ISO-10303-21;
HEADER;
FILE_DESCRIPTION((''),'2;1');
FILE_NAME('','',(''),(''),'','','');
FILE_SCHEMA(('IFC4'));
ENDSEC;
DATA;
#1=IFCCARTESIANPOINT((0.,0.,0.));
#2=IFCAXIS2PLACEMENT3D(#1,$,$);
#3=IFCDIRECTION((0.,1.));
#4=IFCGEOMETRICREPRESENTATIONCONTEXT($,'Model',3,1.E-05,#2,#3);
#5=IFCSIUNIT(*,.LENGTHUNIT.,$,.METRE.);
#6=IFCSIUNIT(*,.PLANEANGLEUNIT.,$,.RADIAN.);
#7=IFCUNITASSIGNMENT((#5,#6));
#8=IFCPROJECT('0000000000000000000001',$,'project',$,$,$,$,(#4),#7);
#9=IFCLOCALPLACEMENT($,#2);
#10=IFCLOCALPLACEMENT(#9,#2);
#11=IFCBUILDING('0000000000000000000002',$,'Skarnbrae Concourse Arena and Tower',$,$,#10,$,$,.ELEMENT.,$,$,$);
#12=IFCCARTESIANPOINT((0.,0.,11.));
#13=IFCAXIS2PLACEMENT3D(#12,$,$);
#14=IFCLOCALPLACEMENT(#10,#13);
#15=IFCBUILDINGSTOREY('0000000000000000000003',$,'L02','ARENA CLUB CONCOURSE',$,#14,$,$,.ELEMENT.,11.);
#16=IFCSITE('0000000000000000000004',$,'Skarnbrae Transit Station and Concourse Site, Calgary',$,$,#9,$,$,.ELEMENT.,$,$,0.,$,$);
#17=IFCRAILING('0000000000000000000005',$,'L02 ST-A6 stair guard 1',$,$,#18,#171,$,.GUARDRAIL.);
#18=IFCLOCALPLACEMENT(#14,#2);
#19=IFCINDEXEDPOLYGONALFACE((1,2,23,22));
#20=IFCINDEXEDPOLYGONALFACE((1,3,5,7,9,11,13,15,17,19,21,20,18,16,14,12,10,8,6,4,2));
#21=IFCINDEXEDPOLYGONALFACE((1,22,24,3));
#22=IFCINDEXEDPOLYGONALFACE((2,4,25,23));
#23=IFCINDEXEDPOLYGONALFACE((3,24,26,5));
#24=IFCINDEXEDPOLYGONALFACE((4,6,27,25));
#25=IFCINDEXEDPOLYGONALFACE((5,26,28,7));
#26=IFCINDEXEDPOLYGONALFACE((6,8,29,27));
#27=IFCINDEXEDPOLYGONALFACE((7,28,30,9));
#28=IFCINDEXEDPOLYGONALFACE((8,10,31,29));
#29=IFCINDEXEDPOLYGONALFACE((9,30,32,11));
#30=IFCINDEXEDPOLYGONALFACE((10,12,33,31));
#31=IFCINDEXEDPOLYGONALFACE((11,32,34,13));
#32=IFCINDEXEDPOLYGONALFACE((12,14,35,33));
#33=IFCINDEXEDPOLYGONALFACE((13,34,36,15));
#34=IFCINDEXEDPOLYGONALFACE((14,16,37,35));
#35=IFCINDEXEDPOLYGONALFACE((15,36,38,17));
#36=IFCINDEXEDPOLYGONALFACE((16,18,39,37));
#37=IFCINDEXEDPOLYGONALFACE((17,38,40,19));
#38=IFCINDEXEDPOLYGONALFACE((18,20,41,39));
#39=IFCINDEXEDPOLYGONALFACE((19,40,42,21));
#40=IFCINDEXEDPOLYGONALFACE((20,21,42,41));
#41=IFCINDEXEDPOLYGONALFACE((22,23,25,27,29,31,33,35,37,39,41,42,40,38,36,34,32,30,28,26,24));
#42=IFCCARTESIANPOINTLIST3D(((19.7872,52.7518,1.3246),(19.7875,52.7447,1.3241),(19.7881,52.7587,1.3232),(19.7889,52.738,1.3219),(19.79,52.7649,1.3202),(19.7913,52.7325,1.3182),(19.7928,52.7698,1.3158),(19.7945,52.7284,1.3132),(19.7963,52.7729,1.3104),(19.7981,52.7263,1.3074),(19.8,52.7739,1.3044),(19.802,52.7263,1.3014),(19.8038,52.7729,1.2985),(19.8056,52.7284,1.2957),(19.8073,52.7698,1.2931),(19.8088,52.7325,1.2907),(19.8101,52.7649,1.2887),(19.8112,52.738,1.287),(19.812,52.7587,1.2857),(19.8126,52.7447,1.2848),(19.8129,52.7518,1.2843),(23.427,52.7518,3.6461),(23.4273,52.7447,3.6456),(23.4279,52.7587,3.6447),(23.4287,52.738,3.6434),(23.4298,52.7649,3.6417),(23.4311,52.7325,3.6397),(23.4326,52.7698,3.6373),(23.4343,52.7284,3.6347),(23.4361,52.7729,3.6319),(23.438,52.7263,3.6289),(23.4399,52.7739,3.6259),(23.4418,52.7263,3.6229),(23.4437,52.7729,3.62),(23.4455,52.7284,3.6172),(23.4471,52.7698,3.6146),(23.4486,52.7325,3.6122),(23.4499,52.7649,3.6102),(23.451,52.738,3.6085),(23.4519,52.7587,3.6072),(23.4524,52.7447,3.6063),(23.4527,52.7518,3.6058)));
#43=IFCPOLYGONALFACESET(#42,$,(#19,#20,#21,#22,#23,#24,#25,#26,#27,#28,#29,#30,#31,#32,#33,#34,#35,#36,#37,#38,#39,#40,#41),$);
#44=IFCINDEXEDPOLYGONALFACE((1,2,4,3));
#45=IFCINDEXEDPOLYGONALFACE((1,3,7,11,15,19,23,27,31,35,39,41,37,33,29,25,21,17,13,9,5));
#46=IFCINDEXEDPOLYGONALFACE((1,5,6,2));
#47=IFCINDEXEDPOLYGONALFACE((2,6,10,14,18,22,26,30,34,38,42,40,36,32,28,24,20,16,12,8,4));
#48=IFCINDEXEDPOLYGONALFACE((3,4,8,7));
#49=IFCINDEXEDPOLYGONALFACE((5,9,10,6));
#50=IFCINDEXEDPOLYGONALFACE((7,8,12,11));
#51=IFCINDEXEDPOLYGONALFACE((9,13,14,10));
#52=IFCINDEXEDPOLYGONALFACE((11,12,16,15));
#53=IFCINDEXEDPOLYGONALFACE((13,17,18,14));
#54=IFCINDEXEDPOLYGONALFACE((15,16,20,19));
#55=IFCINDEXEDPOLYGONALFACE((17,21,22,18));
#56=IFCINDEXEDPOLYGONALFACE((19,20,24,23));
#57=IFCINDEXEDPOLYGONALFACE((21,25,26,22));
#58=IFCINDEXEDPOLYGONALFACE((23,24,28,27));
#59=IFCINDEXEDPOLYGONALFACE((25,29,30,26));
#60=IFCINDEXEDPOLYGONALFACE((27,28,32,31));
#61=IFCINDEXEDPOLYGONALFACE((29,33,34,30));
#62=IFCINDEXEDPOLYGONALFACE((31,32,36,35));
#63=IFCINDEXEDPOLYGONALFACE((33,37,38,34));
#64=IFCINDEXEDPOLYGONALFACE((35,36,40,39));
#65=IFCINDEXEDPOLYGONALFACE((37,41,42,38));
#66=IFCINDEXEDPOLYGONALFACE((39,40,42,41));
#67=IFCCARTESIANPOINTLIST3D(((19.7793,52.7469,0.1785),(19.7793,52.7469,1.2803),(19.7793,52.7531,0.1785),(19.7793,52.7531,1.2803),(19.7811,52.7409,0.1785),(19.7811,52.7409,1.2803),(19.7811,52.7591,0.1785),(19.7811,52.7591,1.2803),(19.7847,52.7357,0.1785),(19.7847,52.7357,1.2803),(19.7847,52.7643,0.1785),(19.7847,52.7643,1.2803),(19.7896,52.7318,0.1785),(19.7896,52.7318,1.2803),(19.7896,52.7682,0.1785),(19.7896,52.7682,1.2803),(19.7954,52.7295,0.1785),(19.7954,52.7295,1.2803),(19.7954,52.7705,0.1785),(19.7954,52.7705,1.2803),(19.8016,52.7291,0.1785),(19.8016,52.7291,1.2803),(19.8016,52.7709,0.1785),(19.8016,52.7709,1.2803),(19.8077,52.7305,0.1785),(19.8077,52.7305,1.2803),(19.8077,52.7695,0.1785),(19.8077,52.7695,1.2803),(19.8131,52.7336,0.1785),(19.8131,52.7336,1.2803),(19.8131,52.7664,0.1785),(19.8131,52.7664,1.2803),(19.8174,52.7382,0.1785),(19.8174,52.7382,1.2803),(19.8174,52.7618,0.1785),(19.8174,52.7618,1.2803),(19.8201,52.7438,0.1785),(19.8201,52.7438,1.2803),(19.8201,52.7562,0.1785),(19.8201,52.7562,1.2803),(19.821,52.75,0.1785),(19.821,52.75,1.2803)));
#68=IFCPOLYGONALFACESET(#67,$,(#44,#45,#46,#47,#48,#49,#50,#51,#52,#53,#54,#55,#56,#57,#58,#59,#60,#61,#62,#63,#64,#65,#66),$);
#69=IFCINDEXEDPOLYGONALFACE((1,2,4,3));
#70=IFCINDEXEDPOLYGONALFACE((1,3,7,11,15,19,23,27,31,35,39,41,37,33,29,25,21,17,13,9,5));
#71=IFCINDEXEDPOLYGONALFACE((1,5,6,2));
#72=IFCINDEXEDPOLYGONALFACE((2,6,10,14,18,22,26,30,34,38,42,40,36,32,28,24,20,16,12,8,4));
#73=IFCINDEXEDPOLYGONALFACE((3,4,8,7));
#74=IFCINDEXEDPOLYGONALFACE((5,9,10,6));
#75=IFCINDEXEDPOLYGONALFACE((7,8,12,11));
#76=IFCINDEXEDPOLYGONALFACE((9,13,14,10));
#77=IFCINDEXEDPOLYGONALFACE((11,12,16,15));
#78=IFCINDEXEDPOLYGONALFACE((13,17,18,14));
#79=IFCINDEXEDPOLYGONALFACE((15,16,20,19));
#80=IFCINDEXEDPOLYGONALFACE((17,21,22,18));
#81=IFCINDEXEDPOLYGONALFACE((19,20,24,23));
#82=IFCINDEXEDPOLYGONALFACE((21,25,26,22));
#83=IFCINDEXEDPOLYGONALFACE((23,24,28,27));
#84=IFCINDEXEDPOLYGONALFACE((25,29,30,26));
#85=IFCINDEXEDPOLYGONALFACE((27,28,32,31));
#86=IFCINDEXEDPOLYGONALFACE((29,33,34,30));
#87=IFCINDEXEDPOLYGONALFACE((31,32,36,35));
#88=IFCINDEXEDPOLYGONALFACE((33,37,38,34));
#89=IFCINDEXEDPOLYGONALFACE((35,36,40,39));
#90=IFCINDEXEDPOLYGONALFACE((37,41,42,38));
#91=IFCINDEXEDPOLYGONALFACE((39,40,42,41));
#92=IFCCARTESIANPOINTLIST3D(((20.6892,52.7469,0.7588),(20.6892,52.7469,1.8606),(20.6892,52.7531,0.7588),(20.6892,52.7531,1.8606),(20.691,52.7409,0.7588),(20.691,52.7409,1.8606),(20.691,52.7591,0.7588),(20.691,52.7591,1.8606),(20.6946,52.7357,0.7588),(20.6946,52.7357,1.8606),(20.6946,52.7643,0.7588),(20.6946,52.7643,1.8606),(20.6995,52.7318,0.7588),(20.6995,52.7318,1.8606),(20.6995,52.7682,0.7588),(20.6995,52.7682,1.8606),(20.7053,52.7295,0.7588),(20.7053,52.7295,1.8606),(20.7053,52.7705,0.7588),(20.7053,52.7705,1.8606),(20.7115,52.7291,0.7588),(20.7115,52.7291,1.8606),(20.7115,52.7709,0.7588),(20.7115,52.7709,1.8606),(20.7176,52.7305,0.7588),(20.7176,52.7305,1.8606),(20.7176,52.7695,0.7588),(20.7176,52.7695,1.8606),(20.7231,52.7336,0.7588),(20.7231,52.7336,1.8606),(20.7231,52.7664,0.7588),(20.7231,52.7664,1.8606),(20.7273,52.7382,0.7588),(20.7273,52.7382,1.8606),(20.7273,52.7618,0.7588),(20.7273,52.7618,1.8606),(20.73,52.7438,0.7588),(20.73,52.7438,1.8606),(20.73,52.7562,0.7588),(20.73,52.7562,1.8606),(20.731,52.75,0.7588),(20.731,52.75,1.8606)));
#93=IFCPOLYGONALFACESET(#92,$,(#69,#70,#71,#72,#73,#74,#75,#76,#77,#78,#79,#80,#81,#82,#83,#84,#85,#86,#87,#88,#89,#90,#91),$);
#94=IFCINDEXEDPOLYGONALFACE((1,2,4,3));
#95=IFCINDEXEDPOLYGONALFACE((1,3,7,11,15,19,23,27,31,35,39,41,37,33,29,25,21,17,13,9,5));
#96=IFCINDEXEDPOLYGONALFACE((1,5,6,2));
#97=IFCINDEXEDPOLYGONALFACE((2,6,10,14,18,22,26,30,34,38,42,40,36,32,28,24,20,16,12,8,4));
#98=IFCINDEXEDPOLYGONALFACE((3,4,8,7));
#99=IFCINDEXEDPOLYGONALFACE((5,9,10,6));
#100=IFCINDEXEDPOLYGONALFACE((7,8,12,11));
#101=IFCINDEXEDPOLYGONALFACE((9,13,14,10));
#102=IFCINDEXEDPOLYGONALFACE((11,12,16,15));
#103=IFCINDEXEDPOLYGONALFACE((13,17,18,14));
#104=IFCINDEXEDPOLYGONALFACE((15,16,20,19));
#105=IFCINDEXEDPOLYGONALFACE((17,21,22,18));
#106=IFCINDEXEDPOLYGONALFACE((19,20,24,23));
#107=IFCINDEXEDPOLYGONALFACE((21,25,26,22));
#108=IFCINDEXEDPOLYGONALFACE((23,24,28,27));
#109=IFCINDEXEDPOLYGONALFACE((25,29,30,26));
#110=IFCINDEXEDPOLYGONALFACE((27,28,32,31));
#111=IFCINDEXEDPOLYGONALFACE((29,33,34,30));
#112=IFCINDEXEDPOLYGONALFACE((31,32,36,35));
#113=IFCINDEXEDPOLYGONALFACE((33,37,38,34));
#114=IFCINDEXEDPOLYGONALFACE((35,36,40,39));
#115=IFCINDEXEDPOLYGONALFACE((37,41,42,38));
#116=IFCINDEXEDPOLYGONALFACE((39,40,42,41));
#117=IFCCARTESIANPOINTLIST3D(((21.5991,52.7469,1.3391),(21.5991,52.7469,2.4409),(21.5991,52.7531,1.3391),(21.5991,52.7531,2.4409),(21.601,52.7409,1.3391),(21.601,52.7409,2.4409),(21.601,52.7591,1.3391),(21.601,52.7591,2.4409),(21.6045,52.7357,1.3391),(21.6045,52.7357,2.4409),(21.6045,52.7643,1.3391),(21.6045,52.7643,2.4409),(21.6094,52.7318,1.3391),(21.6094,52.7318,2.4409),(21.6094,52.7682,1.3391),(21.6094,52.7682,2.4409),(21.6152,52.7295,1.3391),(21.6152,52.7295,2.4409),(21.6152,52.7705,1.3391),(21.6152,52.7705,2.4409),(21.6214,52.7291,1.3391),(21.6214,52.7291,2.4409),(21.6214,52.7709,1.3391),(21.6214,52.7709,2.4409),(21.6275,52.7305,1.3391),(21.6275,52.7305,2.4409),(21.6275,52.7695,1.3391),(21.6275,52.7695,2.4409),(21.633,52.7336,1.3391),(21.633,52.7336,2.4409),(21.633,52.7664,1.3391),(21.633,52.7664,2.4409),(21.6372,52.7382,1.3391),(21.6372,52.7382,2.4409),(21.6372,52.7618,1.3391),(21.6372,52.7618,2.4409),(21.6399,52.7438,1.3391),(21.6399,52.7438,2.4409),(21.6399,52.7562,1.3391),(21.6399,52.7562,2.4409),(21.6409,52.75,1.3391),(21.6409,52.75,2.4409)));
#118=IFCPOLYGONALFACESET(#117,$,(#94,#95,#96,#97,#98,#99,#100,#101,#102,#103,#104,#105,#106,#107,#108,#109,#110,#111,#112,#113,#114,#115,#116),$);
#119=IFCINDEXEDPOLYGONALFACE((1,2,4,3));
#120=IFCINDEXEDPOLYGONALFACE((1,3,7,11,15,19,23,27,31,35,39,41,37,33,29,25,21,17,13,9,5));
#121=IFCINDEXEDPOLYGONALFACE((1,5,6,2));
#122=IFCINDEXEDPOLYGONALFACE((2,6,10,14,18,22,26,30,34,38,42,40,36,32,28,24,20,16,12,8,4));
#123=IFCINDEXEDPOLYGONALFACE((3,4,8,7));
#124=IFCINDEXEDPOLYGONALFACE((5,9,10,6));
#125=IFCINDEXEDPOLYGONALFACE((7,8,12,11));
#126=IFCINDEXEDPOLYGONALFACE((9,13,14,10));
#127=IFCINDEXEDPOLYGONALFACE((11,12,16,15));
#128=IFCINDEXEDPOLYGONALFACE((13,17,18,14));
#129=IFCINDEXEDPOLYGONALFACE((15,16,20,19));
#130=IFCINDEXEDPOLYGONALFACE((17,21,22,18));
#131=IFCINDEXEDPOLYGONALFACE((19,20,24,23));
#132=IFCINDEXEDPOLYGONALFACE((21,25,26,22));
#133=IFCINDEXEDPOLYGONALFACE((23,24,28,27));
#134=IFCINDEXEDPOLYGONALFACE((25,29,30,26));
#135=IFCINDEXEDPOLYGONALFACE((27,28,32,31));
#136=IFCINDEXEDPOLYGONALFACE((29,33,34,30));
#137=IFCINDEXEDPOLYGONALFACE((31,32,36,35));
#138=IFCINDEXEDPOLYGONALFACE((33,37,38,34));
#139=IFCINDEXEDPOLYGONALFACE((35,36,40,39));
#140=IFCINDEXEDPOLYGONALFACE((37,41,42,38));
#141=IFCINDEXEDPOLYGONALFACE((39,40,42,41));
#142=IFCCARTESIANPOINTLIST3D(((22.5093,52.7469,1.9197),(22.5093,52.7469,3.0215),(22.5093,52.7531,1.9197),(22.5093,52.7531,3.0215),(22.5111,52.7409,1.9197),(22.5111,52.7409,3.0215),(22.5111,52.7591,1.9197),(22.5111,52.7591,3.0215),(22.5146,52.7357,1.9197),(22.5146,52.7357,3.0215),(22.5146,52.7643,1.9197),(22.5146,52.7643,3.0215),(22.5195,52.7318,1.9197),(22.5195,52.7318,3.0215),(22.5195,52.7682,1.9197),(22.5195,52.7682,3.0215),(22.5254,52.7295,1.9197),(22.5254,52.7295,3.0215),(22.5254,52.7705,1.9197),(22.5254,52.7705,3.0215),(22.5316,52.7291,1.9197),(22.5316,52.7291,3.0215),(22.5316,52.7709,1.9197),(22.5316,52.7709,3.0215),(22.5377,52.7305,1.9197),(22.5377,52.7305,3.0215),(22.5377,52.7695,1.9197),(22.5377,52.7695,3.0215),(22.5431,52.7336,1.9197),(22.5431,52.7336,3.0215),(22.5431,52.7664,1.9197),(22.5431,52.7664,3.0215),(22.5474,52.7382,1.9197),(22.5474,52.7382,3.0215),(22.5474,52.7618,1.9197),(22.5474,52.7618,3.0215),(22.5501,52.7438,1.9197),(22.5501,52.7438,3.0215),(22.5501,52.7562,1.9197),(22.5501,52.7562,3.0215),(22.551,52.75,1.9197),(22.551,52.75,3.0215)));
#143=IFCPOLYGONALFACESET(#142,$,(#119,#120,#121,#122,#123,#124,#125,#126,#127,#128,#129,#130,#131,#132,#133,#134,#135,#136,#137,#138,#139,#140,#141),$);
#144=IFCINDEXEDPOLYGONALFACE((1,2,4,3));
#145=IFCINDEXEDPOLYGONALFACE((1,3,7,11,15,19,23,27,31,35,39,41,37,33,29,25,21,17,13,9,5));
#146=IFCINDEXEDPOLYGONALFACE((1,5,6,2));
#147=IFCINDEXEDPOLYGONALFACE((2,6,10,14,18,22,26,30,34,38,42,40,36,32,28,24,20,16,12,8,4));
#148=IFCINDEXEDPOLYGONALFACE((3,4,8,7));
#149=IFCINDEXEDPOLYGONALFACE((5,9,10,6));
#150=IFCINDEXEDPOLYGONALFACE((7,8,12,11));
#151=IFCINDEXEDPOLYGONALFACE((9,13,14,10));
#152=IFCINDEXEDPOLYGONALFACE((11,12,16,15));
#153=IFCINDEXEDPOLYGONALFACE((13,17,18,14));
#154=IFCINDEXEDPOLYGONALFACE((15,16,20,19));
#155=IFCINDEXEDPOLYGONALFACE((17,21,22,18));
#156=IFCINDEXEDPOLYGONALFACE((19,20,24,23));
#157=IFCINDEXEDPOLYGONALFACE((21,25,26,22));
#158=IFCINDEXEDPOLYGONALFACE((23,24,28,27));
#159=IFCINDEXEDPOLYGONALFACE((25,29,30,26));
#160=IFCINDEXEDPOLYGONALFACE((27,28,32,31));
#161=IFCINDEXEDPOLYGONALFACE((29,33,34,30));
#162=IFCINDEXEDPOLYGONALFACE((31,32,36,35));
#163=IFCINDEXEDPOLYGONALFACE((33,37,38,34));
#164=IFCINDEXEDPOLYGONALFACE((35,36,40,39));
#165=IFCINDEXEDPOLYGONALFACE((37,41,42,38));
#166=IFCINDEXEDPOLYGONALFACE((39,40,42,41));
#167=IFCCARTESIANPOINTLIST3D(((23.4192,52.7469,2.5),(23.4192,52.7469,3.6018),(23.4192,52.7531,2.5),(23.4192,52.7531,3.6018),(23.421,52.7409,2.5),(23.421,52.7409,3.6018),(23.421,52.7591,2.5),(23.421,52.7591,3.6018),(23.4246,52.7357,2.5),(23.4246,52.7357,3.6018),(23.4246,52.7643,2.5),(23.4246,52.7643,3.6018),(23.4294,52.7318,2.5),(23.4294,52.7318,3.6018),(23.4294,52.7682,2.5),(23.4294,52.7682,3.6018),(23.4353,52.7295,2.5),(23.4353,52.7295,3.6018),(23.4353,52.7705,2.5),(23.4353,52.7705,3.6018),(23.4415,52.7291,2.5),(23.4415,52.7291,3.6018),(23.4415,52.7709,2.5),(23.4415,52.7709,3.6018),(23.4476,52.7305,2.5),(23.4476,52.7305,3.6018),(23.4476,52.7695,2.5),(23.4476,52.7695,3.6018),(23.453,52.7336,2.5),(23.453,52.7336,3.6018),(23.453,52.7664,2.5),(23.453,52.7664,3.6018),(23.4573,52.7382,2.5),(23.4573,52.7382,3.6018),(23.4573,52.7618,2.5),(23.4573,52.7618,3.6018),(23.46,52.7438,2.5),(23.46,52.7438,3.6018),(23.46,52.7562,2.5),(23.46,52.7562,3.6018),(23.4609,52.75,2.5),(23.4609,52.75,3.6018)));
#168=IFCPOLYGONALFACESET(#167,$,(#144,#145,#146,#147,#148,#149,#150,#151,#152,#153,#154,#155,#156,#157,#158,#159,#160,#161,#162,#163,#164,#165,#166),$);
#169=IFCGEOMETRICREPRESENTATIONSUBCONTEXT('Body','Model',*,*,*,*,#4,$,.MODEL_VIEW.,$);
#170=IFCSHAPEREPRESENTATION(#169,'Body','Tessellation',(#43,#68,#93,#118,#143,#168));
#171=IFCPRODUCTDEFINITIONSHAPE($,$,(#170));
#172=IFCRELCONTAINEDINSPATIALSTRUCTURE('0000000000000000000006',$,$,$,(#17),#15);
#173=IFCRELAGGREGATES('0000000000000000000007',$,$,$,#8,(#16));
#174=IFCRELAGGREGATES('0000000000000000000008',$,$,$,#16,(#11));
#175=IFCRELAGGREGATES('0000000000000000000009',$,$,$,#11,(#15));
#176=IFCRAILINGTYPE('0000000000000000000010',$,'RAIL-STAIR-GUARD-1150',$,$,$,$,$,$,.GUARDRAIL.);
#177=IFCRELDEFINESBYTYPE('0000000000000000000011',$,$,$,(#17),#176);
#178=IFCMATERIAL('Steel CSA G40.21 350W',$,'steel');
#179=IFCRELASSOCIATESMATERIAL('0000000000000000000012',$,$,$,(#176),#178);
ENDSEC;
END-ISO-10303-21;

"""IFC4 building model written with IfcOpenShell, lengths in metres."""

from ifc_helpers import new_model, si_unit, direction, frame, origin, origin_2d, place, context, subcontext, project, spatial, circle, extrude, material, type_object, element, save


model = new_model("IFC4")

# Units and contexts
model_context = context("Model", 3, precision=1e-05, world=origin(), true_north=direction((0.0, 1.0)))
body_context = subcontext(model_context, "Body", "Model", "MODEL_VIEW")
ifc_project = project(units=[si_unit("LENGTHUNIT", "METRE"), si_unit("PLANEANGLEUNIT", "RADIAN")], contexts=[model_context])

# Site, building, storey
site_placement = place(None, origin())
site = spatial("IfcSite", under=ifc_project, at=site_placement, Name="Skarnbrae Transit Station and Concourse Site, Calgary", CompositionType="ELEMENT", RefElevation=0.0)
building_placement = place(site_placement, origin())
building = spatial("IfcBuilding", under=site, at=building_placement, Name="Skarnbrae Concourse Arena and Tower", CompositionType="ELEMENT")
storey_placement = place(building_placement, frame((0.0, 0.0, 11.0)))
storey = spatial("IfcBuildingStorey", under=building, at=storey_placement, Name="L02", Description="ARENA CLUB CONCOURSE", CompositionType="ELEMENT", Elevation=11.0)

# Shared definitions
ifc_material_1 = material(Name="Steel CSA G40.21 350W", Category="steel")

# Railing
railing_type_1 = type_object("IfcRailingType", Name="RAIL-STAIR-GUARD-1150", PredefinedType="GUARDRAIL", material=ifc_material_1)
railing_1_placement = place(storey_placement, frame((19.8, 52.75, 0.1785)))
element("IfcRailing", 1, at=railing_1_placement, inside=storey, type_object=railing_type_1, Name="L02 ST-A6 stair guard 1", PredefinedType="GUARDRAIL", context=body_context, shape_type="SweptSolid", body=[
    extrude(circle(Radius=0.0239, at=origin_2d()), frame((0.0, 0.0, 1.126), z_axis=(0.843112, 0.0, 0.537739), x_axis=(0.0, 1.0, 0.0)), (0.0, 0.0, 1.0), 4.3171),
    extrude(circle(Radius=0.021, at=origin_2d()), origin(), (0.0, 0.0, 1.0), 1.1018),
    extrude(circle(Radius=0.021, at=origin_2d()), frame((0.9099, 0.0, 0.5803)), (0.0, 0.0, 1.0), 1.1018),
    extrude(circle(Radius=0.021, at=origin_2d()), frame((1.8198, 0.0, 1.1606)), (0.0, 0.0, 1.0), 1.1018),
    extrude(circle(Radius=0.021, at=origin_2d()), frame((2.73, 0.0, 1.7412)), (0.0, 0.0, 1.0), 1.1018),
    extrude(circle(Radius=0.021, at=origin_2d()), frame((3.6399, 0.0, 2.3215)), (0.0, 0.0, 1.0), 1.1018),
])

save(model, "model.ifc")
